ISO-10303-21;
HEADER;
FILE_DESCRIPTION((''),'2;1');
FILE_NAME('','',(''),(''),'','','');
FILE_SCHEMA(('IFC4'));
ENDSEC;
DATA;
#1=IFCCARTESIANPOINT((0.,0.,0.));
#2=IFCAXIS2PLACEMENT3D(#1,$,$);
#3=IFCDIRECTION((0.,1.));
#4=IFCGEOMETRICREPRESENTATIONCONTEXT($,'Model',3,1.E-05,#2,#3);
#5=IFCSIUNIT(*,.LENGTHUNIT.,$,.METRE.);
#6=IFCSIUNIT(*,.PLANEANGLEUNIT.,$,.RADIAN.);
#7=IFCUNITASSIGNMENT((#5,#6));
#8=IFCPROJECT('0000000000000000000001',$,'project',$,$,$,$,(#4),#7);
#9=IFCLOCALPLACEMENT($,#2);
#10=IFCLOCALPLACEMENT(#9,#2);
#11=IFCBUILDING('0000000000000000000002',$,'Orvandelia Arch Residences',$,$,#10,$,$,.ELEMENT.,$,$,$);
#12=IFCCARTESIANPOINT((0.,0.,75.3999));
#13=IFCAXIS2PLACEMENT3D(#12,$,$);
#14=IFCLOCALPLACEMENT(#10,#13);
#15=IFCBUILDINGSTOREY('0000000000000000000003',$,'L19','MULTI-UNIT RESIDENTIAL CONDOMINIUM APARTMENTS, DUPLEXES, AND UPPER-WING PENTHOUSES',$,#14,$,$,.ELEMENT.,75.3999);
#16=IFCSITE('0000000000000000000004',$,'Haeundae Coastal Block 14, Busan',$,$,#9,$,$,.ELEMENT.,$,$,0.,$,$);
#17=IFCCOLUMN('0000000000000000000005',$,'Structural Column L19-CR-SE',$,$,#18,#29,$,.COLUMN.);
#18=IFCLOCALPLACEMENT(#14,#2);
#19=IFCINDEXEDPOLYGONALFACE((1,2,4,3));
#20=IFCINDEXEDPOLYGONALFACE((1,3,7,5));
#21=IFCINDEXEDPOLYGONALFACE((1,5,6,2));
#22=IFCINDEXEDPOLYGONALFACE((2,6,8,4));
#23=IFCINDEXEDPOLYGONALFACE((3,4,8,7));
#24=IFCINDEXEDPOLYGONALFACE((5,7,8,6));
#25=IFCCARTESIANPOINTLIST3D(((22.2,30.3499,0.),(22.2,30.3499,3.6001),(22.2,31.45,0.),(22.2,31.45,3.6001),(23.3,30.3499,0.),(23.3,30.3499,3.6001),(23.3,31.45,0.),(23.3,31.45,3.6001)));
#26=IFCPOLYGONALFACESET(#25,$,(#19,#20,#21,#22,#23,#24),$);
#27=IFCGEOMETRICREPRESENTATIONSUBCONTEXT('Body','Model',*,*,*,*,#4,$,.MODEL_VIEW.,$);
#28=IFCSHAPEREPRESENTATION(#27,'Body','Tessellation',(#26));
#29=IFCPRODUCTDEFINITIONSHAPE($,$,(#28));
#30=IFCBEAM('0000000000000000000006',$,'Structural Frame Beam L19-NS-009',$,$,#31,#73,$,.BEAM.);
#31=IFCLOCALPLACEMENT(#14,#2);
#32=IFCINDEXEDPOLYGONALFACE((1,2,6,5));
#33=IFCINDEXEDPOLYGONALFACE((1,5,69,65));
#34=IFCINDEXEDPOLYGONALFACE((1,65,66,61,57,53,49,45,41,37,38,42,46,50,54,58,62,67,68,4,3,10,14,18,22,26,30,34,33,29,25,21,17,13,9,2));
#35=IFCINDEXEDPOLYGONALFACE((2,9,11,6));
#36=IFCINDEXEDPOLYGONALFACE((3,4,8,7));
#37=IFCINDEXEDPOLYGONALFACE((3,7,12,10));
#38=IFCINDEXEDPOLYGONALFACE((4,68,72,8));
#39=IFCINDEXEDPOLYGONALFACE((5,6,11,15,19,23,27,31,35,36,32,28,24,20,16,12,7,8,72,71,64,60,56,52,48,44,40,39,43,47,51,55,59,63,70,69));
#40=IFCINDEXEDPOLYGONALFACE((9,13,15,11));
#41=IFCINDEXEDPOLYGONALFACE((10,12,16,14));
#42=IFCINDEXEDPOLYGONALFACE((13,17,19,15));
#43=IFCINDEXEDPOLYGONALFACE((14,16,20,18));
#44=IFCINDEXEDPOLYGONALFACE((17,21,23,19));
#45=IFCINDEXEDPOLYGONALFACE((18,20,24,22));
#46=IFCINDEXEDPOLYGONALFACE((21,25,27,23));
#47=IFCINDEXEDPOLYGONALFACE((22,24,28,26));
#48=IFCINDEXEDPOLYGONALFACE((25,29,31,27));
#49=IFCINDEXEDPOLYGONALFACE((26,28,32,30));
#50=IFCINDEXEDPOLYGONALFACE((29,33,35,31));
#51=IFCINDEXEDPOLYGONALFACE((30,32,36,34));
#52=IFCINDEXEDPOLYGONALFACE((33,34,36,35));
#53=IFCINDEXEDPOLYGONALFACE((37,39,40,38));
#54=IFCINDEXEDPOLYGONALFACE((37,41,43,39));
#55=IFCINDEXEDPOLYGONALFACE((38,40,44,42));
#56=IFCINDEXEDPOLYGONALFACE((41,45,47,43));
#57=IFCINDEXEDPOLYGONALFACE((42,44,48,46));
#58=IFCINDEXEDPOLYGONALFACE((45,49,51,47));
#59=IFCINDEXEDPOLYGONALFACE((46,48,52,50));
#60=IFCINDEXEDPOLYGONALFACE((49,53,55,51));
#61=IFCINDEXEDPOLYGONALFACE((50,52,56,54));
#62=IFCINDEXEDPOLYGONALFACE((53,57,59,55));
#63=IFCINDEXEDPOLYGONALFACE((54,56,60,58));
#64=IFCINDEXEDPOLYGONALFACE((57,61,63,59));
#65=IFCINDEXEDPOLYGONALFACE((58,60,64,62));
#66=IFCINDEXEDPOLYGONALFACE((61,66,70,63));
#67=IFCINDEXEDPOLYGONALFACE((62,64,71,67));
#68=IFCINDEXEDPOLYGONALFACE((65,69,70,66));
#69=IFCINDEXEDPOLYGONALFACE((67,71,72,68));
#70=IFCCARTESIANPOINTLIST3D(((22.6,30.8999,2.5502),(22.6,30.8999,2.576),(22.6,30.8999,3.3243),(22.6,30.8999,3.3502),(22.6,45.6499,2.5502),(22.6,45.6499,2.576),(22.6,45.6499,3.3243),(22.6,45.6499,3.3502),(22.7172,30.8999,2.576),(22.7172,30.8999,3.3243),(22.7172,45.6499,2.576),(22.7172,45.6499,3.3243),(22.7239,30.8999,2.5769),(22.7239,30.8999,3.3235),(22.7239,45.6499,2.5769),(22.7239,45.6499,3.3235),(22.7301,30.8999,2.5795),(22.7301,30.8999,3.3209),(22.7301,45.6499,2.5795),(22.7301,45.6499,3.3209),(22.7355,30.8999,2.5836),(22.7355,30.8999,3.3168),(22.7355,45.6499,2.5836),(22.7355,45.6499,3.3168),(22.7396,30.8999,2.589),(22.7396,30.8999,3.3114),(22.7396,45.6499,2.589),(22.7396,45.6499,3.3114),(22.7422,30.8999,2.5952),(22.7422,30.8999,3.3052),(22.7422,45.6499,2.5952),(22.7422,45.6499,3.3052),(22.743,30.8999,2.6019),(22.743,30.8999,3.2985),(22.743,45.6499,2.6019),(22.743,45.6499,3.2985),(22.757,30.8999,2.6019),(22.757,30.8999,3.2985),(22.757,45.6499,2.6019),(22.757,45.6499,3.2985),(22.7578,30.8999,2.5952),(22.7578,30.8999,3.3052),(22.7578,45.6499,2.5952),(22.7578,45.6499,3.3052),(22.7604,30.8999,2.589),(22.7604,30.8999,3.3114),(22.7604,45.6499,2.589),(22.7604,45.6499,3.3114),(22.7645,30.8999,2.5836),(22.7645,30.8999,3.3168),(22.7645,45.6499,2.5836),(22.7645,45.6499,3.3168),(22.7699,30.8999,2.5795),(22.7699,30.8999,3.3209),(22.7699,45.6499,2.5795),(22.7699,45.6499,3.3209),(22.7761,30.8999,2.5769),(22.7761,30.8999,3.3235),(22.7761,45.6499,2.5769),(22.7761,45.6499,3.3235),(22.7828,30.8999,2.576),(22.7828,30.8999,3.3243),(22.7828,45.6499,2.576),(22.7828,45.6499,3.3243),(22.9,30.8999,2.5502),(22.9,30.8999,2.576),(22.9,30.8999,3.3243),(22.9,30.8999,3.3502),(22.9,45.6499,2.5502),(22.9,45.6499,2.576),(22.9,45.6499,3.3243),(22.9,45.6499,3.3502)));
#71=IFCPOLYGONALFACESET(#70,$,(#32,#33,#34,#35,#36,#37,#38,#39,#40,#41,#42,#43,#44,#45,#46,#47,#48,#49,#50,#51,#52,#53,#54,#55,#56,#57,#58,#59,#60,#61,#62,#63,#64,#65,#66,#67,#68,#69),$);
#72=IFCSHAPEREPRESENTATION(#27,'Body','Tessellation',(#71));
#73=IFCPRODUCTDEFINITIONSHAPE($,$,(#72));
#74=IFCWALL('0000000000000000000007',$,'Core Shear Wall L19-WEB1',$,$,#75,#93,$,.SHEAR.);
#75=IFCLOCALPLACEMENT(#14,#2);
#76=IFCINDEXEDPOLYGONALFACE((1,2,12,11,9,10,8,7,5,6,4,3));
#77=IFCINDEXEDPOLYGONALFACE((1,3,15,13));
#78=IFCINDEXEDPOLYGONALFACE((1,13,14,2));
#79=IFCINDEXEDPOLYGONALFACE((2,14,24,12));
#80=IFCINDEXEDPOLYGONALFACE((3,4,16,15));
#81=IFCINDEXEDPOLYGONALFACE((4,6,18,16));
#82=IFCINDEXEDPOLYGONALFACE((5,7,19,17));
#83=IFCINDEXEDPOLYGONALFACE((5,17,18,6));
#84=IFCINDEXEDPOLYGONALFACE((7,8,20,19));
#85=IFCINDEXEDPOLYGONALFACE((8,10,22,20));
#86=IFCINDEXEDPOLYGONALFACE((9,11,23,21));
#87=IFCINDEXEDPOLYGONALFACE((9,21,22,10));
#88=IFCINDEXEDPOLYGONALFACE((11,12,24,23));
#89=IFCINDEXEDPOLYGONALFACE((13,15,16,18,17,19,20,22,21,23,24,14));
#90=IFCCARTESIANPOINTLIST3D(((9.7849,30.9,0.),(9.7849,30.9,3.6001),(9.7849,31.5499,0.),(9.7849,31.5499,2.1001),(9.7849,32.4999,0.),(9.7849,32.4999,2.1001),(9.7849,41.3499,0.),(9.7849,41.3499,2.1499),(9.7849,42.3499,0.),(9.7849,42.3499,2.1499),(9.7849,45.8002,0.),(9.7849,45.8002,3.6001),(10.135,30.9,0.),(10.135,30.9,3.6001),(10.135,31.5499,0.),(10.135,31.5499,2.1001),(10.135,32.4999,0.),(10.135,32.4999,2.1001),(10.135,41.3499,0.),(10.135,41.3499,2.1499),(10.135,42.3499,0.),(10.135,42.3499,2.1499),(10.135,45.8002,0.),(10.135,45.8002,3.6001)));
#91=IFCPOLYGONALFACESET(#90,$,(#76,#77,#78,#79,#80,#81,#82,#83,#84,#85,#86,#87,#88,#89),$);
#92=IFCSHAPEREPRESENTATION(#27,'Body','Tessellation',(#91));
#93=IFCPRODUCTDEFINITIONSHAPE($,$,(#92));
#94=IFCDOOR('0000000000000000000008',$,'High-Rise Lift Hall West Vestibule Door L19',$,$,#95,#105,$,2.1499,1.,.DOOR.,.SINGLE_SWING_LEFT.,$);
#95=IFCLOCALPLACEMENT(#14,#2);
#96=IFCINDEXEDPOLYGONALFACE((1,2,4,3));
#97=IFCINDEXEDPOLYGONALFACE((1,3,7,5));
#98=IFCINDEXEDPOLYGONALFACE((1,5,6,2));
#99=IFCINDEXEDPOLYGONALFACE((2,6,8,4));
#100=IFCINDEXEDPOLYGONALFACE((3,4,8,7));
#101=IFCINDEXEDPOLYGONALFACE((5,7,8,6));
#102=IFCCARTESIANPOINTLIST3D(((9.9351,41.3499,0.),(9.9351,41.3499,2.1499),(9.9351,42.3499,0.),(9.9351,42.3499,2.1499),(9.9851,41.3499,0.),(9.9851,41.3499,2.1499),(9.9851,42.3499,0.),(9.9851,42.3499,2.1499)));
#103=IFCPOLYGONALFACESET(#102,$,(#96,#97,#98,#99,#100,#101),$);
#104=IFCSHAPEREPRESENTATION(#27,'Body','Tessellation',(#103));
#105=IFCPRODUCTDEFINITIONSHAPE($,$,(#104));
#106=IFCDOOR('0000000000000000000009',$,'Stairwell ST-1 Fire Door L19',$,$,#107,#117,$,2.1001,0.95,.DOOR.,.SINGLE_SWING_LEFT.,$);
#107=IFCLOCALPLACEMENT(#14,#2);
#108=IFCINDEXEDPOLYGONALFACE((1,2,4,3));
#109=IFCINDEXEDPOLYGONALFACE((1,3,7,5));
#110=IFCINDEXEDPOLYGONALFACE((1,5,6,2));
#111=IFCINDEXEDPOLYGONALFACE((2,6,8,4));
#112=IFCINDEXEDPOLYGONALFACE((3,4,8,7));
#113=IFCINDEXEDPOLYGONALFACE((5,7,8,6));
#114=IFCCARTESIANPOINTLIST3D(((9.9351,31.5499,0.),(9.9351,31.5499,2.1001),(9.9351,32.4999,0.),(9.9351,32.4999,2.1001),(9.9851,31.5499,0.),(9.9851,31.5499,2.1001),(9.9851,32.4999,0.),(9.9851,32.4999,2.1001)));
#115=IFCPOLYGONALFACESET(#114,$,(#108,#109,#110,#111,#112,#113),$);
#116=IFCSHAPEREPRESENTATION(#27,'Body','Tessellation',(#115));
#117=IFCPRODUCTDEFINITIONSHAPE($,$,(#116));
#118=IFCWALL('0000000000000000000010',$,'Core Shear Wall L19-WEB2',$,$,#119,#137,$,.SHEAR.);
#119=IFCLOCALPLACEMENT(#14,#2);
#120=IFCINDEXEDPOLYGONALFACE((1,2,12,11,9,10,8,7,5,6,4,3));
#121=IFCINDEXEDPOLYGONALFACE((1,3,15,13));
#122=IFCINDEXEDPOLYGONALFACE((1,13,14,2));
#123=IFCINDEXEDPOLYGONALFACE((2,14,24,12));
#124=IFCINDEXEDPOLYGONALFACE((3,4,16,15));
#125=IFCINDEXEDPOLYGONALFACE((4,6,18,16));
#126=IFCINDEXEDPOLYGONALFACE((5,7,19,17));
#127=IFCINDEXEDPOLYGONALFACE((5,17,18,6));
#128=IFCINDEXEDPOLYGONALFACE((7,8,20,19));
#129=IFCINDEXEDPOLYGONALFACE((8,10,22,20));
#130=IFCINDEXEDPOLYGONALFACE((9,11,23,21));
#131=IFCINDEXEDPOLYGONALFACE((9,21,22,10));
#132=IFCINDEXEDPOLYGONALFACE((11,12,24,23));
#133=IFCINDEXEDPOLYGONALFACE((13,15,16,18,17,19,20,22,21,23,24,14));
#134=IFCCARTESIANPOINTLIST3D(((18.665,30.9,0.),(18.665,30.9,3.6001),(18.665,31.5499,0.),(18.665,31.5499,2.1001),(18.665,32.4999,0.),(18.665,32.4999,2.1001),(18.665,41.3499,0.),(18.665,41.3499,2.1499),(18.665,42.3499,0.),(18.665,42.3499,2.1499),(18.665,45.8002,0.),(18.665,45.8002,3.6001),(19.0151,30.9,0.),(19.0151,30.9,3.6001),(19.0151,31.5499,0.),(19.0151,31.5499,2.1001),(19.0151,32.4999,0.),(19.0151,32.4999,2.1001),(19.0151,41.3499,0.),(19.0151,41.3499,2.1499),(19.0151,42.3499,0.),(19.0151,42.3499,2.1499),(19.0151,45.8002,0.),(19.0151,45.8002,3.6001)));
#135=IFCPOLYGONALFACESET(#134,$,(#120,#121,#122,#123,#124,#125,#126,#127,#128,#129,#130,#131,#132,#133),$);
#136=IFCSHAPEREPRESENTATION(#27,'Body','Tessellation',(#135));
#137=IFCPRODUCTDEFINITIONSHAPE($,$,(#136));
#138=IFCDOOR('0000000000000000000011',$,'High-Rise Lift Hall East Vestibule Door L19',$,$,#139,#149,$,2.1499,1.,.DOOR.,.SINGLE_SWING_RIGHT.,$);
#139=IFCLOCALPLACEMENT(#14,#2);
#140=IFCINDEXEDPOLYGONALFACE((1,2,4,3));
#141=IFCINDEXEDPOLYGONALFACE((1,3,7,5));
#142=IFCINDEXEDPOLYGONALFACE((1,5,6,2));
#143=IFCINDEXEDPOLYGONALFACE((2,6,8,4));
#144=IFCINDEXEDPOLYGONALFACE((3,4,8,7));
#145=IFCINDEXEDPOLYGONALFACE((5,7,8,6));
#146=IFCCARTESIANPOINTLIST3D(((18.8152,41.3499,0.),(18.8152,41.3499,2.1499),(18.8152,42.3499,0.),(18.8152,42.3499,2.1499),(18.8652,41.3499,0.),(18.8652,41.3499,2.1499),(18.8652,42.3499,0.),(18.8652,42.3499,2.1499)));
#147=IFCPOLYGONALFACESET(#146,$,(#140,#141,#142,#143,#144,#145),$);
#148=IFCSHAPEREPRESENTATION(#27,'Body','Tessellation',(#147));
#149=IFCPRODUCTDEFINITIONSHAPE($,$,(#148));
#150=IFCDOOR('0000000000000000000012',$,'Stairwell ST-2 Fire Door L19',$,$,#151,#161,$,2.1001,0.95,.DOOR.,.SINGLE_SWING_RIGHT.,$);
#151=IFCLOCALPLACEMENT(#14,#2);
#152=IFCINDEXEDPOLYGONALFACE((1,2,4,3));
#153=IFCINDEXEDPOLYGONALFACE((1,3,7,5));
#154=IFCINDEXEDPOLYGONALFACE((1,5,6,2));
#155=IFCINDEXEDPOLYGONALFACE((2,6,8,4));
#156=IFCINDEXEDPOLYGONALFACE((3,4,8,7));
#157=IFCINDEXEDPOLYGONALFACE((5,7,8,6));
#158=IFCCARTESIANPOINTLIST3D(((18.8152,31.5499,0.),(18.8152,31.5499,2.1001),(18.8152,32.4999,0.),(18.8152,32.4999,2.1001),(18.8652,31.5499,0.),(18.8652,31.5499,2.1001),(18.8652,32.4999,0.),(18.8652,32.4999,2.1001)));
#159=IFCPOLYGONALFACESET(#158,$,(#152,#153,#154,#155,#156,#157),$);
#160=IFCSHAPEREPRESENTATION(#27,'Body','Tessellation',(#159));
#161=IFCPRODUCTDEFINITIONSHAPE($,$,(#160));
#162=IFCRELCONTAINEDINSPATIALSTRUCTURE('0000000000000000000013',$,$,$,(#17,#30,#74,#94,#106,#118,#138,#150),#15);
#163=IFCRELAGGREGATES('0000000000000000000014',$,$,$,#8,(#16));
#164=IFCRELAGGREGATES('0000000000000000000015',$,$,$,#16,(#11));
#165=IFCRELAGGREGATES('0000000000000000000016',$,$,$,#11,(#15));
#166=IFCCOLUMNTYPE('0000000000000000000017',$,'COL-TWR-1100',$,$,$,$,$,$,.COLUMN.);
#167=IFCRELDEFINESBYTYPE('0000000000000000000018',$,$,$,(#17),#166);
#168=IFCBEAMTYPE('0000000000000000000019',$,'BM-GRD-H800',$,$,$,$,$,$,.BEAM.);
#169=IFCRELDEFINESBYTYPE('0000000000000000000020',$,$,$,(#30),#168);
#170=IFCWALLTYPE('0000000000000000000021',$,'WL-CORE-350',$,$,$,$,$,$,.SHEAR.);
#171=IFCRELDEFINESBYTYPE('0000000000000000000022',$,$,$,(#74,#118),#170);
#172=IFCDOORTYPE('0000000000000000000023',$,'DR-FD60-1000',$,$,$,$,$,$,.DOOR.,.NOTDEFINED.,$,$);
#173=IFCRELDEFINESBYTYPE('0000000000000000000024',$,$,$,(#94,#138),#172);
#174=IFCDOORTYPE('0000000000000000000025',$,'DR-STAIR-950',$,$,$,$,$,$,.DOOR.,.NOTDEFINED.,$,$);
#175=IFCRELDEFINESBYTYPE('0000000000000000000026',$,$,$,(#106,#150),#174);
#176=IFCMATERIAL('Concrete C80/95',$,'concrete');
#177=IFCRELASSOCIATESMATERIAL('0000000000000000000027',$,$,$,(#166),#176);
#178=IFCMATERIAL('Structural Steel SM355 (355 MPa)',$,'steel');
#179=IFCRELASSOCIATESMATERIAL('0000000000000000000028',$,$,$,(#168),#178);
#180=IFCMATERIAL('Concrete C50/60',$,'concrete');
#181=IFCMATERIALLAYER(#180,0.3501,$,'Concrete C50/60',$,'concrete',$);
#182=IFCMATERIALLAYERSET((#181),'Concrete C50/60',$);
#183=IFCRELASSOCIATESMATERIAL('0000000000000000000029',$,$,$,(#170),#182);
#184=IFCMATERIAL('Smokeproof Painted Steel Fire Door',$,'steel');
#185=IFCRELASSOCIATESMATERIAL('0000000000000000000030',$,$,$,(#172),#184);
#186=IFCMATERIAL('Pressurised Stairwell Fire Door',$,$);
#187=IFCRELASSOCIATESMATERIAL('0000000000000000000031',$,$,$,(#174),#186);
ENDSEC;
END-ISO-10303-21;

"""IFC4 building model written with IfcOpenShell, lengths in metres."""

from ifc_helpers import new_model, si_unit, direction, frame, frame_2d, origin, origin_2d, place, context, subcontext, project, spatial, rectangle, i_section, extrude, material, layer, layer_set, material_profile, profile_set, type_object, element, fill, save


model = new_model("IFC4")

# Units and contexts
model_context = context("Model", 3, precision=1e-05, world=origin(), true_north=direction((0.0, 1.0)))
body_context = subcontext(model_context, "Body", "Model", "MODEL_VIEW")
ifc_project = project(units=[si_unit("LENGTHUNIT", "METRE"), si_unit("PLANEANGLEUNIT", "RADIAN")], contexts=[model_context])

# Site, building, storey
site_placement = place(None, origin())
site = spatial("IfcSite", under=ifc_project, at=site_placement, Name="Haeundae Coastal Block 14, Busan", CompositionType="ELEMENT", RefElevation=0.0)
building_placement = place(site_placement, origin())
building = spatial("IfcBuilding", under=site, at=building_placement, Name="Orvandelia Arch Residences", CompositionType="ELEMENT")
storey_placement = place(building_placement, frame((0.0, 0.0, 75.3999)))
storey = spatial("IfcBuildingStorey", under=building, at=storey_placement, Name="L19", Description="MULTI-UNIT RESIDENTIAL CONDOMINIUM APARTMENTS, DUPLEXES, AND UPPER-WING PENTHOUSES", CompositionType="ELEMENT", Elevation=75.3999)

# Column
ifc_material_1 = material(Name="Concrete C80/95", Category="concrete")
ifc_material_profile_1 = material_profile(ifc_material_1, rectangle(XDim=1.1001, YDim=1.1001, at=origin_2d()), Name="Concrete C80/95", Category="concrete")
ifc_profile_set_1 = profile_set([ifc_material_profile_1], Name="Concrete C80/95")
column_type = type_object("IfcColumnType", Name="COL-TWR-1100", PredefinedType="COLUMN", material=ifc_profile_set_1)
column_placement = place(storey_placement, frame((22.75, 30.8999, 0.0), z_axis=(0.0, 0.0, 1.0), x_axis=(1.0, 0.0, 0.0)))
element("IfcColumn", 1, at=column_placement, inside=storey, type_object=column_type, Name="Structural Column L19-CR-SE", PredefinedType="COLUMN", context=body_context, shape_type="SweptSolid", body=[
    extrude(rectangle(XDim=1.1001, YDim=1.1001, at=origin_2d()), origin(), (0.0, 0.0, 1.0), 3.6001),
])

# Beam
ifc_material_2 = material(Name="Structural Steel SM355 (355 MPa)", Category="steel")
ifc_material_profile_2 = material_profile(ifc_material_2, i_section(OverallWidth=0.3, OverallDepth=0.8, WebThickness=0.0139, FlangeThickness=0.0259, FilletRadius=0.0259, at=origin_2d()), Name="Structural Steel SM355 (355 MPa)", Category="steel")
ifc_profile_set_2 = profile_set([ifc_material_profile_2], Name="Structural Steel SM355 (355 MPa)")
beam_type = type_object("IfcBeamType", Name="BM-GRD-H800", PredefinedType="BEAM", material=ifc_profile_set_2)
beam_placement = place(storey_placement, frame((22.75, 30.8999, 2.9502), z_axis=(0.0, 1.0, 0.0), x_axis=(-1.0, 0.0, 0.0)))
element("IfcBeam", 2, at=beam_placement, inside=storey, type_object=beam_type, Name="Structural Frame Beam L19-NS-009", PredefinedType="BEAM", context=body_context, shape_type="SweptSolid", body=[
    extrude(i_section(OverallWidth=0.3, OverallDepth=0.8, WebThickness=0.0139, FlangeThickness=0.0259, FilletRadius=0.0259, at=origin_2d()), origin(), (0.0, 0.0, 1.0), 14.75),
])

# Walls, openings, doors
ifc_material_3 = material(Name="Concrete C50/60", Category="concrete")
ifc_layer_1 = layer(ifc_material_3, 0.3501, Name="Concrete C50/60", Category="concrete")
ifc_layer_set_1 = layer_set([ifc_layer_1], Name="Concrete C50/60")
wall_type_1 = type_object("IfcWallType", Name="WL-CORE-350", PredefinedType="SHEAR", material=ifc_layer_set_1)
wall_1_placement = place(storey_placement, frame((9.96, 30.8999, 0.0), z_axis=(0.0, 0.0, 1.0), x_axis=(0.0, 1.0, 0.0)))
wall_1 = element("IfcWall", 3, at=wall_1_placement, inside=storey, type_object=wall_type_1, Name="Core Shear Wall L19-WEB1", PredefinedType="SHEAR", context=body_context, shape_type="SweptSolid", body=[
    extrude(rectangle(XDim=14.9001, YDim=0.3501, at=frame_2d((7.4502, 0.0))), origin(), (0.0, 0.0, 1.0), 3.6001),
])
opening_1_placement = place(wall_1_placement, frame((0.6499, 0.0, 0.0)))
opening_1 = element("IfcOpeningElement", 4, at=opening_1_placement, cuts=wall_1, PredefinedType="OPENING", context=body_context, shape_type="SweptSolid", body=[
    extrude(rectangle(XDim=0.95, YDim=2.1001, at=frame_2d((0.4751, 1.05))), frame((0.0, 0.1851, 0.0), z_axis=(0.0, -1.0, 0.0), x_axis=(1.0, 0.0, 0.0)), (0.0, 0.0, 1.0), 0.3701),
])
opening_2_placement = place(wall_1_placement, frame((10.45, 0.0, 0.0)))
opening_2 = element("IfcOpeningElement", 5, at=opening_2_placement, cuts=wall_1, PredefinedType="OPENING", context=body_context, shape_type="SweptSolid", body=[
    extrude(rectangle(XDim=1.0, YDim=2.1499, at=frame_2d((0.5, 1.075))), frame((0.0, 0.1851, 0.0), z_axis=(0.0, -1.0, 0.0), x_axis=(1.0, 0.0, 0.0)), (0.0, 0.0, 1.0), 0.3701),
])
ifc_material_4 = material(Name="Smokeproof Painted Steel Fire Door", Category="steel")
door_type_1 = type_object("IfcDoorType", Name="DR-FD60-1000", OperationType="NOTDEFINED", PredefinedType="DOOR", material=ifc_material_4)
door_1_placement = place(opening_2_placement, origin())
door_1 = element("IfcDoor", 6, at=door_1_placement, inside=storey, type_object=door_type_1, Name="High-Rise Lift Hall West Vestibule Door L19", OperationType="SINGLE_SWING_LEFT", OverallHeight=2.1499, OverallWidth=1.0, PredefinedType="DOOR", context=body_context, shape_type="SweptSolid", body=[
    extrude(rectangle(XDim=1.0, YDim=2.1499, at=frame_2d((0.5, 1.075))), frame((0.0, 0.0249, 0.0), z_axis=(0.0, -1.0, 0.0), x_axis=(1.0, 0.0, 0.0)), (0.0, 0.0, 1.0), 0.05),
])
fill(opening_2, door_1)
ifc_material_5 = material(Name="Pressurised Stairwell Fire Door")
door_type_2 = type_object("IfcDoorType", Name="DR-STAIR-950", OperationType="NOTDEFINED", PredefinedType="DOOR", material=ifc_material_5)
door_2_placement = place(opening_1_placement, origin())
door_2 = element("IfcDoor", 7, at=door_2_placement, inside=storey, type_object=door_type_2, Name="Stairwell ST-1 Fire Door L19", OperationType="SINGLE_SWING_LEFT", OverallHeight=2.1001, OverallWidth=0.95, PredefinedType="DOOR", context=body_context, shape_type="SweptSolid", body=[
    extrude(rectangle(XDim=0.95, YDim=2.1001, at=frame_2d((0.4751, 1.05))), frame((0.0, 0.0249, 0.0), z_axis=(0.0, -1.0, 0.0), x_axis=(1.0, 0.0, 0.0)), (0.0, 0.0, 1.0), 0.05),
])
fill(opening_1, door_2)
wall_2_placement = place(storey_placement, frame((18.8401, 30.8999, 0.0), z_axis=(0.0, 0.0, 1.0), x_axis=(0.0, 1.0, 0.0)))
wall_2 = element("IfcWall", 8, at=wall_2_placement, inside=storey, type_object=wall_type_1, Name="Core Shear Wall L19-WEB2", PredefinedType="SHEAR", context=body_context, shape_type="SweptSolid", body=[
    extrude(rectangle(XDim=14.9001, YDim=0.3501, at=frame_2d((7.4502, 0.0))), origin(), (0.0, 0.0, 1.0), 3.6001),
])
opening_3_placement = place(wall_2_placement, frame((0.6499, 0.0, 0.0)))
opening_3 = element("IfcOpeningElement", 9, at=opening_3_placement, cuts=wall_2, PredefinedType="OPENING", context=body_context, shape_type="SweptSolid", body=[
    extrude(rectangle(XDim=0.95, YDim=2.1001, at=frame_2d((0.4751, 1.05))), frame((0.0, 0.1851, 0.0), z_axis=(0.0, -1.0, 0.0), x_axis=(1.0, 0.0, 0.0)), (0.0, 0.0, 1.0), 0.3701),
])
opening_4_placement = place(wall_2_placement, frame((10.45, 0.0, 0.0)))
opening_4 = element("IfcOpeningElement", 10, at=opening_4_placement, cuts=wall_2, PredefinedType="OPENING", context=body_context, shape_type="SweptSolid", body=[
    extrude(rectangle(XDim=1.0, YDim=2.1499, at=frame_2d((0.5, 1.075))), frame((0.0, 0.1851, 0.0), z_axis=(0.0, -1.0, 0.0), x_axis=(1.0, 0.0, 0.0)), (0.0, 0.0, 1.0), 0.3701),
])
door_3_placement = place(opening_4_placement, origin())
door_3 = element("IfcDoor", 11, at=door_3_placement, inside=storey, type_object=door_type_1, Name="High-Rise Lift Hall East Vestibule Door L19", OperationType="SINGLE_SWING_RIGHT", OverallHeight=2.1499, OverallWidth=1.0, PredefinedType="DOOR", context=body_context, shape_type="SweptSolid", body=[
    extrude(rectangle(XDim=1.0, YDim=2.1499, at=frame_2d((0.5, 1.075))), frame((0.0, 0.0249, 0.0), z_axis=(0.0, -1.0, 0.0), x_axis=(1.0, 0.0, 0.0)), (0.0, 0.0, 1.0), 0.05),
])
fill(opening_4, door_3)
door_4_placement = place(opening_3_placement, origin())
door_4 = element("IfcDoor", 12, at=door_4_placement, inside=storey, type_object=door_type_2, Name="Stairwell ST-2 Fire Door L19", OperationType="SINGLE_SWING_RIGHT", OverallHeight=2.1001, OverallWidth=0.95, PredefinedType="DOOR", context=body_context, shape_type="SweptSolid", body=[
    extrude(rectangle(XDim=0.95, YDim=2.1001, at=frame_2d((0.4751, 1.05))), frame((0.0, 0.0249, 0.0), z_axis=(0.0, -1.0, 0.0), x_axis=(1.0, 0.0, 0.0)), (0.0, 0.0, 1.0), 0.05),
])
fill(opening_3, door_4)

save(model, "model.ifc")
